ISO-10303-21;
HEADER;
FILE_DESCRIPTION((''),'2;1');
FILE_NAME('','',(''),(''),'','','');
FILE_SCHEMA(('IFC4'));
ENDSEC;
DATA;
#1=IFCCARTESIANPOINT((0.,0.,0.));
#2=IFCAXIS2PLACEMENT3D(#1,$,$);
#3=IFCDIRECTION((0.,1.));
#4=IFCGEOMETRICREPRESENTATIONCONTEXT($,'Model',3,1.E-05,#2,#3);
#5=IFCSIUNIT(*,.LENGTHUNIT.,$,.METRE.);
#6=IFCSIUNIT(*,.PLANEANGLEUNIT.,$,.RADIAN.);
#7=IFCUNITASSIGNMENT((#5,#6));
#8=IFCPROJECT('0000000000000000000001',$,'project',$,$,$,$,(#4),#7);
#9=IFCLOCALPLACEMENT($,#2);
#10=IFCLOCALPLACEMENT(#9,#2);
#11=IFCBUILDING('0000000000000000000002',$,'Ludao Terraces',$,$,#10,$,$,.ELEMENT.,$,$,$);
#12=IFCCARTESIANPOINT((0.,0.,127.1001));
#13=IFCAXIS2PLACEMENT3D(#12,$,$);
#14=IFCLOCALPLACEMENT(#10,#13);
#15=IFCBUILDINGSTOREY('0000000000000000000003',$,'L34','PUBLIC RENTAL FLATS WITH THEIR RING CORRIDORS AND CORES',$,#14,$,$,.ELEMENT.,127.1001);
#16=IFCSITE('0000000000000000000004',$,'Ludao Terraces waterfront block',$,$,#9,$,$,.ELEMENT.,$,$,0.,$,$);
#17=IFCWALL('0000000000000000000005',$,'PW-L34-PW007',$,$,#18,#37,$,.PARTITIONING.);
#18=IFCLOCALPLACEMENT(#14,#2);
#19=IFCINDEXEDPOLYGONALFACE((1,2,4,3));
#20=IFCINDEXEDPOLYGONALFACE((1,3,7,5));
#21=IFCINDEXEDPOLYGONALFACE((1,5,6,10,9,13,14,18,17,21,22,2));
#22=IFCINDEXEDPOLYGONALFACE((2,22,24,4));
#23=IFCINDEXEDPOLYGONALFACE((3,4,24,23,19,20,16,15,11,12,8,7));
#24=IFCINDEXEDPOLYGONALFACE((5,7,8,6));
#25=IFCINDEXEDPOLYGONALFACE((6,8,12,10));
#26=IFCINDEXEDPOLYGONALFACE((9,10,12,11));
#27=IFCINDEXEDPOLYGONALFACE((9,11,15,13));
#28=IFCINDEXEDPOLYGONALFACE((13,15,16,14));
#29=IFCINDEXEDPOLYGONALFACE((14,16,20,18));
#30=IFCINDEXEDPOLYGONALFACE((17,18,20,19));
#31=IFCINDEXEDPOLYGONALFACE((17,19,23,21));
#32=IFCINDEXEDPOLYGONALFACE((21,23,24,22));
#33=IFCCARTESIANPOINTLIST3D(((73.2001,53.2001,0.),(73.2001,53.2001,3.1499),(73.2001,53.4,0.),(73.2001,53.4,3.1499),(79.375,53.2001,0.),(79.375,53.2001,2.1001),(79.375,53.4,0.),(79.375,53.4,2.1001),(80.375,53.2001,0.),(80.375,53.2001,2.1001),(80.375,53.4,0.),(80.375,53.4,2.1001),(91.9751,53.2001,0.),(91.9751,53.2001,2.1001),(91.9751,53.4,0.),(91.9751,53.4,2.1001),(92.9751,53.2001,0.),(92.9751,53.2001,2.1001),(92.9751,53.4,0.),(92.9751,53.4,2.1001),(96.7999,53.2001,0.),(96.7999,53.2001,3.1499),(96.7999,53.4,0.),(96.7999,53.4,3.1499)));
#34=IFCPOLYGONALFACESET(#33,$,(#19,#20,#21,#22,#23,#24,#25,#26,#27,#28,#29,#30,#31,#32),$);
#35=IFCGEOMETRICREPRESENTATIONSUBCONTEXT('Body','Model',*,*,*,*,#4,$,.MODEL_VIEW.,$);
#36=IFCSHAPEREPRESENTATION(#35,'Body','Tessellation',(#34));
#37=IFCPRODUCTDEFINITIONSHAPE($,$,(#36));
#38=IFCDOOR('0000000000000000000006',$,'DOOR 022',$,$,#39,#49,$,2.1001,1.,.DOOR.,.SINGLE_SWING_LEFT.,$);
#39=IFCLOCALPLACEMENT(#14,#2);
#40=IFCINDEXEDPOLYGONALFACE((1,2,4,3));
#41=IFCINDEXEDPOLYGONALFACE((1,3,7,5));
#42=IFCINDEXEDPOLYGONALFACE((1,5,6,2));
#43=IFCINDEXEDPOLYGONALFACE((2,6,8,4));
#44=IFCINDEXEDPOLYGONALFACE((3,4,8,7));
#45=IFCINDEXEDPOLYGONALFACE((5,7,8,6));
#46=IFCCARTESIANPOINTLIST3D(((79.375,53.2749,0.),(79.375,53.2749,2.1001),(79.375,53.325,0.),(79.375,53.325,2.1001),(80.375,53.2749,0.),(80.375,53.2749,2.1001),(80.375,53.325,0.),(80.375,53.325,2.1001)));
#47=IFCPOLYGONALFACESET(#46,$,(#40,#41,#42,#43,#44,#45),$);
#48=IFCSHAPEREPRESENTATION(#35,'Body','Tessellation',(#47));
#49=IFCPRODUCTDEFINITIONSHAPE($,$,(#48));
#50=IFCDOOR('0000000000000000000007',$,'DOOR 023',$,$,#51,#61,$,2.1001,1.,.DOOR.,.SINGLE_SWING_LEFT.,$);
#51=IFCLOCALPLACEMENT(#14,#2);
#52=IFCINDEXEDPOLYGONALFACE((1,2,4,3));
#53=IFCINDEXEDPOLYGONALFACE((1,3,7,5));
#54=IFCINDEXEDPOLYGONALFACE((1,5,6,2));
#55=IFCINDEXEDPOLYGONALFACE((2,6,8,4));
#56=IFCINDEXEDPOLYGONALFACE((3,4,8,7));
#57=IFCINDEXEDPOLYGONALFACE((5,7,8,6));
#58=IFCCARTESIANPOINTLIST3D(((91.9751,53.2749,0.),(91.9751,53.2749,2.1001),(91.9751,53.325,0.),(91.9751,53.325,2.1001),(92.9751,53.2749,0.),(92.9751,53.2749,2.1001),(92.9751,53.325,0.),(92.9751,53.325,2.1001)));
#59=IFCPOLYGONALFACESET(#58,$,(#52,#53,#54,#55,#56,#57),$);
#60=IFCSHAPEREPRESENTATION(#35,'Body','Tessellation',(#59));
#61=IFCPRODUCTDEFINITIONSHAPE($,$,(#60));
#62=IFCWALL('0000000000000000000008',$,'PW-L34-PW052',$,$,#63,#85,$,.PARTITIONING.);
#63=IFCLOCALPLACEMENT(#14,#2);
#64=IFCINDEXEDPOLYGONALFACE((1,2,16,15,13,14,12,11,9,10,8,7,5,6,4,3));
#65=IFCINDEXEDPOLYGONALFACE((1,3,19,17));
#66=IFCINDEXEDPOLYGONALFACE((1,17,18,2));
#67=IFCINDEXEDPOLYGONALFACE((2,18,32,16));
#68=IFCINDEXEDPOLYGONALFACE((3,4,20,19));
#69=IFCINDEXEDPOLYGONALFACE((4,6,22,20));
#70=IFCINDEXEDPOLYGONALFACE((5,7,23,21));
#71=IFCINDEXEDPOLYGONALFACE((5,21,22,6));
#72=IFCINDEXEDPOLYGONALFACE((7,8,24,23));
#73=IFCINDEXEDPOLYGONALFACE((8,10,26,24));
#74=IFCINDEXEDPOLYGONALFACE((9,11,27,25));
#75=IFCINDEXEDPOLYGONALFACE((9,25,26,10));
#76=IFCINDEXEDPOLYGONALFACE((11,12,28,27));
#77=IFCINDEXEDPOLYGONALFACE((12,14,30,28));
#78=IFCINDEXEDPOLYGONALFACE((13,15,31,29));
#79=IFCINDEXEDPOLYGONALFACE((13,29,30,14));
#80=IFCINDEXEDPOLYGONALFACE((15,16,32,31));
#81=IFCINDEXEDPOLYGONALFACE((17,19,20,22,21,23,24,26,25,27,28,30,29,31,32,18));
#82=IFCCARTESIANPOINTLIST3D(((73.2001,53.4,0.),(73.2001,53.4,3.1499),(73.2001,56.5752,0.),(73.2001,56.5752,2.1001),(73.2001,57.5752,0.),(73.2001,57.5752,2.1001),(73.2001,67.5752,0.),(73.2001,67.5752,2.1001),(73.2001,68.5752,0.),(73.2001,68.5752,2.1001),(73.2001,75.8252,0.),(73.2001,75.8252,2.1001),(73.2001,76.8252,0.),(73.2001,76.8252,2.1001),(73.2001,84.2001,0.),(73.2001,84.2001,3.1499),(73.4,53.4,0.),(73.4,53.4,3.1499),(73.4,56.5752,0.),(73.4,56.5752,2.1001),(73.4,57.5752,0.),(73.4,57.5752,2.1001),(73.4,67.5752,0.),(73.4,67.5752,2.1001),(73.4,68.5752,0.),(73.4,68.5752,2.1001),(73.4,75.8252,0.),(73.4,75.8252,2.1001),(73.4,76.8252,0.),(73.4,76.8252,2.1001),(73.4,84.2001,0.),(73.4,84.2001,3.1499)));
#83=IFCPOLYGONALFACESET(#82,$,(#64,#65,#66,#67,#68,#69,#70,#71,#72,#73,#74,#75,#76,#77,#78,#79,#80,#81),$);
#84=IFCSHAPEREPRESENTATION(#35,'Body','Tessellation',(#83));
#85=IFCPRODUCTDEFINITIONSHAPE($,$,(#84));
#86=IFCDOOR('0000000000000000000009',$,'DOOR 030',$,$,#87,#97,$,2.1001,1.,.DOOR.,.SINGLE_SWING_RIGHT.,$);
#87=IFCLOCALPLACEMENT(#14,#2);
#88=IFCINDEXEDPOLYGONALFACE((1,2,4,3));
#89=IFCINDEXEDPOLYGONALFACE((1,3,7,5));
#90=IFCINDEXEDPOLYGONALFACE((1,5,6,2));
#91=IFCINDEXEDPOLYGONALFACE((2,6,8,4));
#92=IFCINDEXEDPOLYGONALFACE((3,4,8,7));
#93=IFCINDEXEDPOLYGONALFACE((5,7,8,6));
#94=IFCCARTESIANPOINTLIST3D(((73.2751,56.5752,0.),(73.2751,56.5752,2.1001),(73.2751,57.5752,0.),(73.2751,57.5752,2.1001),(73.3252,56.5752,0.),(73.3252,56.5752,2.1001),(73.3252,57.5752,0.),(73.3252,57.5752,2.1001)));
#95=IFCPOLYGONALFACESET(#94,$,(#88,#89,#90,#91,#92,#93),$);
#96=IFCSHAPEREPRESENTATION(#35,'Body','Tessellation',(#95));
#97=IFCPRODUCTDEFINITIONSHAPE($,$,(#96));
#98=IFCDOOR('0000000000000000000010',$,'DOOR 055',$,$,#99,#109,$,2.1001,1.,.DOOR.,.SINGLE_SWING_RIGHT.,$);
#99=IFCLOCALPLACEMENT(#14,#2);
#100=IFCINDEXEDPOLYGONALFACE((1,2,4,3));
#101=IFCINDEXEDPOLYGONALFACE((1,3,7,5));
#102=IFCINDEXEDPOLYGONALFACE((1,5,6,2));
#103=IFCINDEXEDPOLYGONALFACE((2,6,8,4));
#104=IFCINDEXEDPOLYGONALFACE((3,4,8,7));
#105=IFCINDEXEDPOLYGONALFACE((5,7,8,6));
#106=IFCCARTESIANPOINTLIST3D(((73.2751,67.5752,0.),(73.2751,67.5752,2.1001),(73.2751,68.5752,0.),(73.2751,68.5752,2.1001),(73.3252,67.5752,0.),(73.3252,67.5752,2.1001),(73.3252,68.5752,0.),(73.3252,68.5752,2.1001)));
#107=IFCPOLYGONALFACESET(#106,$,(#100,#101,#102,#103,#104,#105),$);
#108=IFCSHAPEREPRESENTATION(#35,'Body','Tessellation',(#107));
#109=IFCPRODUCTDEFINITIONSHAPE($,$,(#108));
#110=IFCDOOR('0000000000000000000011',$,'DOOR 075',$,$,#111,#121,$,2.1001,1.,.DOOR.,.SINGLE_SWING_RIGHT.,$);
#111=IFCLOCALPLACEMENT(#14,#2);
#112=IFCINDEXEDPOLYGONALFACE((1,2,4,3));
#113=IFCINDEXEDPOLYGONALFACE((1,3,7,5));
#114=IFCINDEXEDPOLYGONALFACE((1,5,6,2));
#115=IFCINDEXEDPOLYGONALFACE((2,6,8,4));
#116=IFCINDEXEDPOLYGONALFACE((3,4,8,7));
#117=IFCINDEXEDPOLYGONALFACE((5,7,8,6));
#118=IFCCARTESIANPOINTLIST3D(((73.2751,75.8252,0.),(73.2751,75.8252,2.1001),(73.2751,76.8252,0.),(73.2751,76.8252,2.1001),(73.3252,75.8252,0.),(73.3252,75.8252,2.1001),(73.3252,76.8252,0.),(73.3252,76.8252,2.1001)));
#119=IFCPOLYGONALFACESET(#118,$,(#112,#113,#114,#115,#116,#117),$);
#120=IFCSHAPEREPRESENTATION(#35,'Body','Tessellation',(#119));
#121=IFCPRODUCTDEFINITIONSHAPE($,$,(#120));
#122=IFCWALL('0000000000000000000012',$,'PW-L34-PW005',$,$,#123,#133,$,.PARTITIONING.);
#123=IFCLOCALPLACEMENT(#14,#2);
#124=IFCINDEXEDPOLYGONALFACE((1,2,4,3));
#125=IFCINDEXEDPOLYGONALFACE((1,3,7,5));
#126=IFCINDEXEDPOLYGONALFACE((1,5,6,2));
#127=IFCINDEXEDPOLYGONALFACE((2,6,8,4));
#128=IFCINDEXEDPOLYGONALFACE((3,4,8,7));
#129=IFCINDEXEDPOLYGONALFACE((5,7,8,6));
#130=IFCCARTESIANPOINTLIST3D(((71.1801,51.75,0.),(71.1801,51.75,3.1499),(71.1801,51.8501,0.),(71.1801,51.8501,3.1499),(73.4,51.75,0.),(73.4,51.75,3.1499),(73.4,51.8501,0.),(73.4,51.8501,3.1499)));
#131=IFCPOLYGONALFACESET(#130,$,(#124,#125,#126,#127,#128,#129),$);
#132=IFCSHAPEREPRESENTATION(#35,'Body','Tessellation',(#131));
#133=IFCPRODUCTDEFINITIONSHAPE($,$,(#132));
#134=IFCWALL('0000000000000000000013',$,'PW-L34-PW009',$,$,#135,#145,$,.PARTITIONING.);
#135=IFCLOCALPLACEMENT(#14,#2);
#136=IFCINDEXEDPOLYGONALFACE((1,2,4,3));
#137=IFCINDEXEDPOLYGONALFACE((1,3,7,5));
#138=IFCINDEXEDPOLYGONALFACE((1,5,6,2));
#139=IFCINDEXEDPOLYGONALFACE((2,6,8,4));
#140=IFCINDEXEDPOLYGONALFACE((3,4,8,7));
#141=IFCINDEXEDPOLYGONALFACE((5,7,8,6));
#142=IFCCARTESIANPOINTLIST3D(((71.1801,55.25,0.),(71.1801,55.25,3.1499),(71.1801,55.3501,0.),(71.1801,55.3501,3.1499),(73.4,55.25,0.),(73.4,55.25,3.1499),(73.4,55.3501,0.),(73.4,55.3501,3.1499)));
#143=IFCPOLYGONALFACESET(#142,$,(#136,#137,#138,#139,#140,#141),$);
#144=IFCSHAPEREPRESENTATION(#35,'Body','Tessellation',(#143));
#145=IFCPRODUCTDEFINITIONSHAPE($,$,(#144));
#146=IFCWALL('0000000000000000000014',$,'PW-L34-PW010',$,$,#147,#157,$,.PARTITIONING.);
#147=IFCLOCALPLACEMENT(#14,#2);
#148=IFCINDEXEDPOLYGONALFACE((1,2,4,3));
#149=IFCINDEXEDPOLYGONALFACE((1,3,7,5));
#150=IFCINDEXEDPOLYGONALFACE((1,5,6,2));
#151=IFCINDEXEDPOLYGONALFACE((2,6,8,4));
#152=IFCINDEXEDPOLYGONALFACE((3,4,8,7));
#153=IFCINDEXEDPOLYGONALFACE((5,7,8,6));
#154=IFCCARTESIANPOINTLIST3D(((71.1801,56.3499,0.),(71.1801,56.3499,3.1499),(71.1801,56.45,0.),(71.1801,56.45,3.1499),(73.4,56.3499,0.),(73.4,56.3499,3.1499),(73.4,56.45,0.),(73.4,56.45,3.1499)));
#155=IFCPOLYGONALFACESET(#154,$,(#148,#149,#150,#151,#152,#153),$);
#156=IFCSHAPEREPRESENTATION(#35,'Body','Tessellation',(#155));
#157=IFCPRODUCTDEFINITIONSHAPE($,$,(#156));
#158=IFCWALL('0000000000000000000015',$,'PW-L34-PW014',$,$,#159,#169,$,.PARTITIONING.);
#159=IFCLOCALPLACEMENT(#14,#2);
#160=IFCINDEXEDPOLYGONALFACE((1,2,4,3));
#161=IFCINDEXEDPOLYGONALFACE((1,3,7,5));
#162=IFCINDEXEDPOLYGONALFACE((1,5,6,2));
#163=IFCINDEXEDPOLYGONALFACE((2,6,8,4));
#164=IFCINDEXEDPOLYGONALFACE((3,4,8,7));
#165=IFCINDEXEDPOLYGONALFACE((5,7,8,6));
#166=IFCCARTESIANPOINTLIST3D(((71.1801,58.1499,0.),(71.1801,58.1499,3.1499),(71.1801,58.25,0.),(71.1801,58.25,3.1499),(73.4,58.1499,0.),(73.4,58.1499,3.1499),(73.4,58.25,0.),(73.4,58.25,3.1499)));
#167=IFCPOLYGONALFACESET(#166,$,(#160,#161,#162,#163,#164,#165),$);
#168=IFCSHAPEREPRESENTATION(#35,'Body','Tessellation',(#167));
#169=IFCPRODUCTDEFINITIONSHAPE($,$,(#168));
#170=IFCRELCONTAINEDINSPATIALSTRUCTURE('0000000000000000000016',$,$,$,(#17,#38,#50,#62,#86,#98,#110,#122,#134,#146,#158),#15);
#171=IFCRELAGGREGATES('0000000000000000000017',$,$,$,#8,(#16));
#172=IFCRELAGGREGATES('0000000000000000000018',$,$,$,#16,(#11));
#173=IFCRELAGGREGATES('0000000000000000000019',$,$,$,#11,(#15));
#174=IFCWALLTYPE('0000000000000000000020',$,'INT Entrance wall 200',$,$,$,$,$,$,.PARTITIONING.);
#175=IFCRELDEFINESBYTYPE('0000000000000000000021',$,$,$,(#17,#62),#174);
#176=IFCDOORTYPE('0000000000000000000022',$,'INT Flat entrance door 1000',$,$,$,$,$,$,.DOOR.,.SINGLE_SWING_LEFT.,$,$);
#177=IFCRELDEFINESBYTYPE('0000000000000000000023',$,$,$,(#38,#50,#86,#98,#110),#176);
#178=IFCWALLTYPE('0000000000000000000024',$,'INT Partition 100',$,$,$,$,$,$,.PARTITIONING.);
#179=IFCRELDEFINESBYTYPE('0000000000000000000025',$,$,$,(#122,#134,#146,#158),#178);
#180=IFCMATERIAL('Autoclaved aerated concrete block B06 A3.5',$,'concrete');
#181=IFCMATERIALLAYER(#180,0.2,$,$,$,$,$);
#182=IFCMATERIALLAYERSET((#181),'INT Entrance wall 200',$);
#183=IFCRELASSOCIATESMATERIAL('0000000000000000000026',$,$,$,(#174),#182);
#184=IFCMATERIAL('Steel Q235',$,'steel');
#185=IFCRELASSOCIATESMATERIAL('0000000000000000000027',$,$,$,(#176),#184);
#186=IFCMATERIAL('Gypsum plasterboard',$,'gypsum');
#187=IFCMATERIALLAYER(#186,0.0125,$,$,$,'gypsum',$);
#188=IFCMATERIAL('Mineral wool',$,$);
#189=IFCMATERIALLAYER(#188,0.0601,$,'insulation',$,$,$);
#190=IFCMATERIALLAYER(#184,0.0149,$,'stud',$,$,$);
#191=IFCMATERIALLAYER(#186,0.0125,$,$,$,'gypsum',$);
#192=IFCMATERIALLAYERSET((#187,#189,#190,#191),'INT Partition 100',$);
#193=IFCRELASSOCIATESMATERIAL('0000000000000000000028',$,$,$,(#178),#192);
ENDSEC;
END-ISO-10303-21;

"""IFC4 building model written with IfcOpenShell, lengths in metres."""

from ifc_helpers import new_model, si_unit, direction, frame, frame_2d, origin, place, context, subcontext, project, spatial, rectangle, extrude, material, layer, layer_set, type_object, element, fill, save


model = new_model("IFC4")

# Units and contexts
model_context = context("Model", 3, precision=1e-05, world=origin(), true_north=direction((0.0, 1.0)))
body_context = subcontext(model_context, "Body", "Model", "MODEL_VIEW")
ifc_project = project(units=[si_unit("LENGTHUNIT", "METRE"), si_unit("PLANEANGLEUNIT", "RADIAN")], contexts=[model_context])

# Site, building, storey
site_placement = place(None, origin())
site = spatial("IfcSite", under=ifc_project, at=site_placement, Name="Ludao Terraces waterfront block", CompositionType="ELEMENT", RefElevation=0.0)
building_placement = place(site_placement, origin())
building = spatial("IfcBuilding", under=site, at=building_placement, Name="Ludao Terraces", CompositionType="ELEMENT")
storey_placement = place(building_placement, frame((0.0, 0.0, 127.1001)))
storey = spatial("IfcBuildingStorey", under=building, at=storey_placement, Name="L34", Description="PUBLIC RENTAL FLATS WITH THEIR RING CORRIDORS AND CORES", CompositionType="ELEMENT", Elevation=127.1001)

# Walls, openings, doors
ifc_material_1 = material(Name="Steel Q235", Category="steel")
ifc_material_2 = material(Name="Autoclaved aerated concrete block B06 A3.5", Category="concrete")
ifc_layer_1 = layer(ifc_material_2, 0.2)
ifc_layer_set_1 = layer_set([ifc_layer_1], Name="INT Entrance wall 200")
wall_type_1 = type_object("IfcWallType", Name="INT Entrance wall 200", PredefinedType="PARTITIONING", material=ifc_layer_set_1)
wall_1_placement = place(storey_placement, frame((73.2002, 53.3, 0.0), z_axis=(0.0, 0.0, 1.0), x_axis=(1.0, 0.0, 0.0)))
wall_1 = element("IfcWall", 1, at=wall_1_placement, inside=storey, type_object=wall_type_1, Name="PW-L34-PW007", PredefinedType="PARTITIONING", context=body_context, shape_type="SweptSolid", body=[
    extrude(rectangle(XDim=23.5999, YDim=0.2, at=frame_2d((11.7998, 0.0))), origin(), (0.0, 0.0, 1.0), 3.1499),
])
opening_1_placement = place(wall_1_placement, frame((6.1748, 0.0, 0.0)))
opening_1 = element("IfcOpeningElement", 2, at=opening_1_placement, cuts=wall_1, PredefinedType="OPENING", context=body_context, shape_type="SweptSolid", body=[
    extrude(rectangle(XDim=1.0, YDim=2.1001, at=frame_2d((0.5, 1.05))), frame((0.0, 0.1099, 0.0), z_axis=(0.0, -1.0, 0.0), x_axis=(1.0, 0.0, 0.0)), (0.0, 0.0, 1.0), 0.22),
])
opening_2_placement = place(wall_1_placement, frame((18.7749, 0.0, 0.0)))
opening_2 = element("IfcOpeningElement", 3, at=opening_2_placement, cuts=wall_1, PredefinedType="OPENING", context=body_context, shape_type="SweptSolid", body=[
    extrude(rectangle(XDim=1.0, YDim=2.1001, at=frame_2d((0.5, 1.05))), frame((0.0, 0.1099, 0.0), z_axis=(0.0, -1.0, 0.0), x_axis=(1.0, 0.0, 0.0)), (0.0, 0.0, 1.0), 0.22),
])
door_type_1 = type_object("IfcDoorType", Name="INT Flat entrance door 1000", OperationType="SINGLE_SWING_LEFT", PredefinedType="DOOR", material=ifc_material_1)
door_1_placement = place(opening_1_placement, origin())
door_1 = element("IfcDoor", 4, at=door_1_placement, inside=storey, type_object=door_type_1, Name="DOOR 022", OperationType="SINGLE_SWING_LEFT", OverallHeight=2.1001, OverallWidth=1.0, PredefinedType="DOOR", context=body_context, shape_type="SweptSolid", body=[
    extrude(rectangle(XDim=1.0, YDim=2.1001, at=frame_2d((0.5, 1.05))), frame((0.0, 0.0249, 0.0), z_axis=(0.0, -1.0, 0.0), x_axis=(1.0, 0.0, 0.0)), (0.0, 0.0, 1.0), 0.05),
])
fill(opening_1, door_1)
door_2_placement = place(opening_2_placement, origin())
door_2 = element("IfcDoor", 5, at=door_2_placement, inside=storey, type_object=door_type_1, Name="DOOR 023", OperationType="SINGLE_SWING_LEFT", OverallHeight=2.1001, OverallWidth=1.0, PredefinedType="DOOR", context=body_context, shape_type="SweptSolid", body=[
    extrude(rectangle(XDim=1.0, YDim=2.1001, at=frame_2d((0.5, 1.05))), frame((0.0, 0.0249, 0.0), z_axis=(0.0, -1.0, 0.0), x_axis=(1.0, 0.0, 0.0)), (0.0, 0.0, 1.0), 0.05),
])
fill(opening_2, door_2)
wall_2_placement = place(storey_placement, frame((73.3, 53.4001, 0.0), z_axis=(0.0, 0.0, 1.0), x_axis=(0.0, 1.0, 0.0)))
wall_2 = element("IfcWall", 6, at=wall_2_placement, inside=storey, type_object=wall_type_1, Name="PW-L34-PW052", PredefinedType="PARTITIONING", context=body_context, shape_type="SweptSolid", body=[
    extrude(rectangle(XDim=30.8, YDim=0.2, at=frame_2d((15.3999, 0.0))), origin(), (0.0, 0.0, 1.0), 3.1499),
])
opening_3_placement = place(wall_2_placement, frame((3.175, 0.0, 0.0)))
opening_3 = element("IfcOpeningElement", 7, at=opening_3_placement, cuts=wall_2, PredefinedType="OPENING", context=body_context, shape_type="SweptSolid", body=[
    extrude(rectangle(XDim=1.0, YDim=2.1001, at=frame_2d((0.5, 1.05))), frame((0.0, 0.1099, 0.0), z_axis=(0.0, -1.0, 0.0), x_axis=(1.0, 0.0, 0.0)), (0.0, 0.0, 1.0), 0.22),
])
opening_4_placement = place(wall_2_placement, frame((14.175, 0.0, 0.0)))
opening_4 = element("IfcOpeningElement", 8, at=opening_4_placement, cuts=wall_2, PredefinedType="OPENING", context=body_context, shape_type="SweptSolid", body=[
    extrude(rectangle(XDim=1.0, YDim=2.1001, at=frame_2d((0.5, 1.05))), frame((0.0, 0.1099, 0.0), z_axis=(0.0, -1.0, 0.0), x_axis=(1.0, 0.0, 0.0)), (0.0, 0.0, 1.0), 0.22),
])
opening_5_placement = place(wall_2_placement, frame((22.425, 0.0, 0.0)))
opening_5 = element("IfcOpeningElement", 9, at=opening_5_placement, cuts=wall_2, PredefinedType="OPENING", context=body_context, shape_type="SweptSolid", body=[
    extrude(rectangle(XDim=1.0, YDim=2.1001, at=frame_2d((0.5, 1.05))), frame((0.0, 0.1099, 0.0), z_axis=(0.0, -1.0, 0.0), x_axis=(1.0, 0.0, 0.0)), (0.0, 0.0, 1.0), 0.22),
])
door_3_placement = place(opening_3_placement, origin())
door_3 = element("IfcDoor", 10, at=door_3_placement, inside=storey, type_object=door_type_1, Name="DOOR 030", OperationType="SINGLE_SWING_RIGHT", OverallHeight=2.1001, OverallWidth=1.0, PredefinedType="DOOR", context=body_context, shape_type="SweptSolid", body=[
    extrude(rectangle(XDim=1.0, YDim=2.1001, at=frame_2d((0.5, 1.05))), frame((0.0, 0.0249, 0.0), z_axis=(0.0, -1.0, 0.0), x_axis=(1.0, 0.0, 0.0)), (0.0, 0.0, 1.0), 0.05),
])
fill(opening_3, door_3)
door_4_placement = place(opening_4_placement, origin())
door_4 = element("IfcDoor", 11, at=door_4_placement, inside=storey, type_object=door_type_1, Name="DOOR 055", OperationType="SINGLE_SWING_RIGHT", OverallHeight=2.1001, OverallWidth=1.0, PredefinedType="DOOR", context=body_context, shape_type="SweptSolid", body=[
    extrude(rectangle(XDim=1.0, YDim=2.1001, at=frame_2d((0.5, 1.05))), frame((0.0, 0.0249, 0.0), z_axis=(0.0, -1.0, 0.0), x_axis=(1.0, 0.0, 0.0)), (0.0, 0.0, 1.0), 0.05),
])
fill(opening_4, door_4)
door_5_placement = place(opening_5_placement, origin())
door_5 = element("IfcDoor", 12, at=door_5_placement, inside=storey, type_object=door_type_1, Name="DOOR 075", OperationType="SINGLE_SWING_RIGHT", OverallHeight=2.1001, OverallWidth=1.0, PredefinedType="DOOR", context=body_context, shape_type="SweptSolid", body=[
    extrude(rectangle(XDim=1.0, YDim=2.1001, at=frame_2d((0.5, 1.05))), frame((0.0, 0.0249, 0.0), z_axis=(0.0, -1.0, 0.0), x_axis=(1.0, 0.0, 0.0)), (0.0, 0.0, 1.0), 0.05),
])
fill(opening_5, door_5)

# Walls
ifc_material_3 = material(Name="Gypsum plasterboard", Category="gypsum")
ifc_layer_2 = layer(ifc_material_3, 0.0125, Category="gypsum")
ifc_material_4 = material(Name="Mineral wool")
ifc_layer_3 = layer(ifc_material_4, 0.0601, Name="insulation")
ifc_layer_4 = layer(ifc_material_1, 0.0149, Name="stud")
ifc_layer_5 = layer(ifc_material_3, 0.0125, Category="gypsum")
ifc_layer_set_2 = layer_set([ifc_layer_2, ifc_layer_3, ifc_layer_4, ifc_layer_5], Name="INT Partition 100")
wall_type_2 = type_object("IfcWallType", Name="INT Partition 100", PredefinedType="PARTITIONING", material=ifc_layer_set_2)
for number, where, z_axis, x_axis, name in (
    (13, (71.1802, 51.8, 0.0), (0.0, 0.0, 1.0), (1.0, 0.0, 0.0), "PW-L34-PW005"),
    (14, (71.1802, 55.3, 0.0), (0.0, 0.0, 1.0), (1.0, 0.0, 0.0), "PW-L34-PW009"),
    (15, (71.1802, 56.3999, 0.0), (0.0, 0.0, 1.0), (1.0, 0.0, 0.0), "PW-L34-PW010"),
    (16, (71.1802, 58.2, 0.0), (0.0, 0.0, 1.0), (1.0, 0.0, 0.0), "PW-L34-PW014"),
):
    element("IfcWall", number, at=place(storey_placement, frame(where, z_axis=z_axis, x_axis=x_axis)), inside=storey, type_object=wall_type_2, Name=name, PredefinedType="PARTITIONING", context=body_context, shape_type="SweptSolid", body=[
        extrude(rectangle(XDim=2.22, YDim=0.1001, at=frame_2d((1.1099, 0.0))), origin(), (0.0, 0.0, 1.0), 3.1499),
    ])

save(model, "model.ifc")
